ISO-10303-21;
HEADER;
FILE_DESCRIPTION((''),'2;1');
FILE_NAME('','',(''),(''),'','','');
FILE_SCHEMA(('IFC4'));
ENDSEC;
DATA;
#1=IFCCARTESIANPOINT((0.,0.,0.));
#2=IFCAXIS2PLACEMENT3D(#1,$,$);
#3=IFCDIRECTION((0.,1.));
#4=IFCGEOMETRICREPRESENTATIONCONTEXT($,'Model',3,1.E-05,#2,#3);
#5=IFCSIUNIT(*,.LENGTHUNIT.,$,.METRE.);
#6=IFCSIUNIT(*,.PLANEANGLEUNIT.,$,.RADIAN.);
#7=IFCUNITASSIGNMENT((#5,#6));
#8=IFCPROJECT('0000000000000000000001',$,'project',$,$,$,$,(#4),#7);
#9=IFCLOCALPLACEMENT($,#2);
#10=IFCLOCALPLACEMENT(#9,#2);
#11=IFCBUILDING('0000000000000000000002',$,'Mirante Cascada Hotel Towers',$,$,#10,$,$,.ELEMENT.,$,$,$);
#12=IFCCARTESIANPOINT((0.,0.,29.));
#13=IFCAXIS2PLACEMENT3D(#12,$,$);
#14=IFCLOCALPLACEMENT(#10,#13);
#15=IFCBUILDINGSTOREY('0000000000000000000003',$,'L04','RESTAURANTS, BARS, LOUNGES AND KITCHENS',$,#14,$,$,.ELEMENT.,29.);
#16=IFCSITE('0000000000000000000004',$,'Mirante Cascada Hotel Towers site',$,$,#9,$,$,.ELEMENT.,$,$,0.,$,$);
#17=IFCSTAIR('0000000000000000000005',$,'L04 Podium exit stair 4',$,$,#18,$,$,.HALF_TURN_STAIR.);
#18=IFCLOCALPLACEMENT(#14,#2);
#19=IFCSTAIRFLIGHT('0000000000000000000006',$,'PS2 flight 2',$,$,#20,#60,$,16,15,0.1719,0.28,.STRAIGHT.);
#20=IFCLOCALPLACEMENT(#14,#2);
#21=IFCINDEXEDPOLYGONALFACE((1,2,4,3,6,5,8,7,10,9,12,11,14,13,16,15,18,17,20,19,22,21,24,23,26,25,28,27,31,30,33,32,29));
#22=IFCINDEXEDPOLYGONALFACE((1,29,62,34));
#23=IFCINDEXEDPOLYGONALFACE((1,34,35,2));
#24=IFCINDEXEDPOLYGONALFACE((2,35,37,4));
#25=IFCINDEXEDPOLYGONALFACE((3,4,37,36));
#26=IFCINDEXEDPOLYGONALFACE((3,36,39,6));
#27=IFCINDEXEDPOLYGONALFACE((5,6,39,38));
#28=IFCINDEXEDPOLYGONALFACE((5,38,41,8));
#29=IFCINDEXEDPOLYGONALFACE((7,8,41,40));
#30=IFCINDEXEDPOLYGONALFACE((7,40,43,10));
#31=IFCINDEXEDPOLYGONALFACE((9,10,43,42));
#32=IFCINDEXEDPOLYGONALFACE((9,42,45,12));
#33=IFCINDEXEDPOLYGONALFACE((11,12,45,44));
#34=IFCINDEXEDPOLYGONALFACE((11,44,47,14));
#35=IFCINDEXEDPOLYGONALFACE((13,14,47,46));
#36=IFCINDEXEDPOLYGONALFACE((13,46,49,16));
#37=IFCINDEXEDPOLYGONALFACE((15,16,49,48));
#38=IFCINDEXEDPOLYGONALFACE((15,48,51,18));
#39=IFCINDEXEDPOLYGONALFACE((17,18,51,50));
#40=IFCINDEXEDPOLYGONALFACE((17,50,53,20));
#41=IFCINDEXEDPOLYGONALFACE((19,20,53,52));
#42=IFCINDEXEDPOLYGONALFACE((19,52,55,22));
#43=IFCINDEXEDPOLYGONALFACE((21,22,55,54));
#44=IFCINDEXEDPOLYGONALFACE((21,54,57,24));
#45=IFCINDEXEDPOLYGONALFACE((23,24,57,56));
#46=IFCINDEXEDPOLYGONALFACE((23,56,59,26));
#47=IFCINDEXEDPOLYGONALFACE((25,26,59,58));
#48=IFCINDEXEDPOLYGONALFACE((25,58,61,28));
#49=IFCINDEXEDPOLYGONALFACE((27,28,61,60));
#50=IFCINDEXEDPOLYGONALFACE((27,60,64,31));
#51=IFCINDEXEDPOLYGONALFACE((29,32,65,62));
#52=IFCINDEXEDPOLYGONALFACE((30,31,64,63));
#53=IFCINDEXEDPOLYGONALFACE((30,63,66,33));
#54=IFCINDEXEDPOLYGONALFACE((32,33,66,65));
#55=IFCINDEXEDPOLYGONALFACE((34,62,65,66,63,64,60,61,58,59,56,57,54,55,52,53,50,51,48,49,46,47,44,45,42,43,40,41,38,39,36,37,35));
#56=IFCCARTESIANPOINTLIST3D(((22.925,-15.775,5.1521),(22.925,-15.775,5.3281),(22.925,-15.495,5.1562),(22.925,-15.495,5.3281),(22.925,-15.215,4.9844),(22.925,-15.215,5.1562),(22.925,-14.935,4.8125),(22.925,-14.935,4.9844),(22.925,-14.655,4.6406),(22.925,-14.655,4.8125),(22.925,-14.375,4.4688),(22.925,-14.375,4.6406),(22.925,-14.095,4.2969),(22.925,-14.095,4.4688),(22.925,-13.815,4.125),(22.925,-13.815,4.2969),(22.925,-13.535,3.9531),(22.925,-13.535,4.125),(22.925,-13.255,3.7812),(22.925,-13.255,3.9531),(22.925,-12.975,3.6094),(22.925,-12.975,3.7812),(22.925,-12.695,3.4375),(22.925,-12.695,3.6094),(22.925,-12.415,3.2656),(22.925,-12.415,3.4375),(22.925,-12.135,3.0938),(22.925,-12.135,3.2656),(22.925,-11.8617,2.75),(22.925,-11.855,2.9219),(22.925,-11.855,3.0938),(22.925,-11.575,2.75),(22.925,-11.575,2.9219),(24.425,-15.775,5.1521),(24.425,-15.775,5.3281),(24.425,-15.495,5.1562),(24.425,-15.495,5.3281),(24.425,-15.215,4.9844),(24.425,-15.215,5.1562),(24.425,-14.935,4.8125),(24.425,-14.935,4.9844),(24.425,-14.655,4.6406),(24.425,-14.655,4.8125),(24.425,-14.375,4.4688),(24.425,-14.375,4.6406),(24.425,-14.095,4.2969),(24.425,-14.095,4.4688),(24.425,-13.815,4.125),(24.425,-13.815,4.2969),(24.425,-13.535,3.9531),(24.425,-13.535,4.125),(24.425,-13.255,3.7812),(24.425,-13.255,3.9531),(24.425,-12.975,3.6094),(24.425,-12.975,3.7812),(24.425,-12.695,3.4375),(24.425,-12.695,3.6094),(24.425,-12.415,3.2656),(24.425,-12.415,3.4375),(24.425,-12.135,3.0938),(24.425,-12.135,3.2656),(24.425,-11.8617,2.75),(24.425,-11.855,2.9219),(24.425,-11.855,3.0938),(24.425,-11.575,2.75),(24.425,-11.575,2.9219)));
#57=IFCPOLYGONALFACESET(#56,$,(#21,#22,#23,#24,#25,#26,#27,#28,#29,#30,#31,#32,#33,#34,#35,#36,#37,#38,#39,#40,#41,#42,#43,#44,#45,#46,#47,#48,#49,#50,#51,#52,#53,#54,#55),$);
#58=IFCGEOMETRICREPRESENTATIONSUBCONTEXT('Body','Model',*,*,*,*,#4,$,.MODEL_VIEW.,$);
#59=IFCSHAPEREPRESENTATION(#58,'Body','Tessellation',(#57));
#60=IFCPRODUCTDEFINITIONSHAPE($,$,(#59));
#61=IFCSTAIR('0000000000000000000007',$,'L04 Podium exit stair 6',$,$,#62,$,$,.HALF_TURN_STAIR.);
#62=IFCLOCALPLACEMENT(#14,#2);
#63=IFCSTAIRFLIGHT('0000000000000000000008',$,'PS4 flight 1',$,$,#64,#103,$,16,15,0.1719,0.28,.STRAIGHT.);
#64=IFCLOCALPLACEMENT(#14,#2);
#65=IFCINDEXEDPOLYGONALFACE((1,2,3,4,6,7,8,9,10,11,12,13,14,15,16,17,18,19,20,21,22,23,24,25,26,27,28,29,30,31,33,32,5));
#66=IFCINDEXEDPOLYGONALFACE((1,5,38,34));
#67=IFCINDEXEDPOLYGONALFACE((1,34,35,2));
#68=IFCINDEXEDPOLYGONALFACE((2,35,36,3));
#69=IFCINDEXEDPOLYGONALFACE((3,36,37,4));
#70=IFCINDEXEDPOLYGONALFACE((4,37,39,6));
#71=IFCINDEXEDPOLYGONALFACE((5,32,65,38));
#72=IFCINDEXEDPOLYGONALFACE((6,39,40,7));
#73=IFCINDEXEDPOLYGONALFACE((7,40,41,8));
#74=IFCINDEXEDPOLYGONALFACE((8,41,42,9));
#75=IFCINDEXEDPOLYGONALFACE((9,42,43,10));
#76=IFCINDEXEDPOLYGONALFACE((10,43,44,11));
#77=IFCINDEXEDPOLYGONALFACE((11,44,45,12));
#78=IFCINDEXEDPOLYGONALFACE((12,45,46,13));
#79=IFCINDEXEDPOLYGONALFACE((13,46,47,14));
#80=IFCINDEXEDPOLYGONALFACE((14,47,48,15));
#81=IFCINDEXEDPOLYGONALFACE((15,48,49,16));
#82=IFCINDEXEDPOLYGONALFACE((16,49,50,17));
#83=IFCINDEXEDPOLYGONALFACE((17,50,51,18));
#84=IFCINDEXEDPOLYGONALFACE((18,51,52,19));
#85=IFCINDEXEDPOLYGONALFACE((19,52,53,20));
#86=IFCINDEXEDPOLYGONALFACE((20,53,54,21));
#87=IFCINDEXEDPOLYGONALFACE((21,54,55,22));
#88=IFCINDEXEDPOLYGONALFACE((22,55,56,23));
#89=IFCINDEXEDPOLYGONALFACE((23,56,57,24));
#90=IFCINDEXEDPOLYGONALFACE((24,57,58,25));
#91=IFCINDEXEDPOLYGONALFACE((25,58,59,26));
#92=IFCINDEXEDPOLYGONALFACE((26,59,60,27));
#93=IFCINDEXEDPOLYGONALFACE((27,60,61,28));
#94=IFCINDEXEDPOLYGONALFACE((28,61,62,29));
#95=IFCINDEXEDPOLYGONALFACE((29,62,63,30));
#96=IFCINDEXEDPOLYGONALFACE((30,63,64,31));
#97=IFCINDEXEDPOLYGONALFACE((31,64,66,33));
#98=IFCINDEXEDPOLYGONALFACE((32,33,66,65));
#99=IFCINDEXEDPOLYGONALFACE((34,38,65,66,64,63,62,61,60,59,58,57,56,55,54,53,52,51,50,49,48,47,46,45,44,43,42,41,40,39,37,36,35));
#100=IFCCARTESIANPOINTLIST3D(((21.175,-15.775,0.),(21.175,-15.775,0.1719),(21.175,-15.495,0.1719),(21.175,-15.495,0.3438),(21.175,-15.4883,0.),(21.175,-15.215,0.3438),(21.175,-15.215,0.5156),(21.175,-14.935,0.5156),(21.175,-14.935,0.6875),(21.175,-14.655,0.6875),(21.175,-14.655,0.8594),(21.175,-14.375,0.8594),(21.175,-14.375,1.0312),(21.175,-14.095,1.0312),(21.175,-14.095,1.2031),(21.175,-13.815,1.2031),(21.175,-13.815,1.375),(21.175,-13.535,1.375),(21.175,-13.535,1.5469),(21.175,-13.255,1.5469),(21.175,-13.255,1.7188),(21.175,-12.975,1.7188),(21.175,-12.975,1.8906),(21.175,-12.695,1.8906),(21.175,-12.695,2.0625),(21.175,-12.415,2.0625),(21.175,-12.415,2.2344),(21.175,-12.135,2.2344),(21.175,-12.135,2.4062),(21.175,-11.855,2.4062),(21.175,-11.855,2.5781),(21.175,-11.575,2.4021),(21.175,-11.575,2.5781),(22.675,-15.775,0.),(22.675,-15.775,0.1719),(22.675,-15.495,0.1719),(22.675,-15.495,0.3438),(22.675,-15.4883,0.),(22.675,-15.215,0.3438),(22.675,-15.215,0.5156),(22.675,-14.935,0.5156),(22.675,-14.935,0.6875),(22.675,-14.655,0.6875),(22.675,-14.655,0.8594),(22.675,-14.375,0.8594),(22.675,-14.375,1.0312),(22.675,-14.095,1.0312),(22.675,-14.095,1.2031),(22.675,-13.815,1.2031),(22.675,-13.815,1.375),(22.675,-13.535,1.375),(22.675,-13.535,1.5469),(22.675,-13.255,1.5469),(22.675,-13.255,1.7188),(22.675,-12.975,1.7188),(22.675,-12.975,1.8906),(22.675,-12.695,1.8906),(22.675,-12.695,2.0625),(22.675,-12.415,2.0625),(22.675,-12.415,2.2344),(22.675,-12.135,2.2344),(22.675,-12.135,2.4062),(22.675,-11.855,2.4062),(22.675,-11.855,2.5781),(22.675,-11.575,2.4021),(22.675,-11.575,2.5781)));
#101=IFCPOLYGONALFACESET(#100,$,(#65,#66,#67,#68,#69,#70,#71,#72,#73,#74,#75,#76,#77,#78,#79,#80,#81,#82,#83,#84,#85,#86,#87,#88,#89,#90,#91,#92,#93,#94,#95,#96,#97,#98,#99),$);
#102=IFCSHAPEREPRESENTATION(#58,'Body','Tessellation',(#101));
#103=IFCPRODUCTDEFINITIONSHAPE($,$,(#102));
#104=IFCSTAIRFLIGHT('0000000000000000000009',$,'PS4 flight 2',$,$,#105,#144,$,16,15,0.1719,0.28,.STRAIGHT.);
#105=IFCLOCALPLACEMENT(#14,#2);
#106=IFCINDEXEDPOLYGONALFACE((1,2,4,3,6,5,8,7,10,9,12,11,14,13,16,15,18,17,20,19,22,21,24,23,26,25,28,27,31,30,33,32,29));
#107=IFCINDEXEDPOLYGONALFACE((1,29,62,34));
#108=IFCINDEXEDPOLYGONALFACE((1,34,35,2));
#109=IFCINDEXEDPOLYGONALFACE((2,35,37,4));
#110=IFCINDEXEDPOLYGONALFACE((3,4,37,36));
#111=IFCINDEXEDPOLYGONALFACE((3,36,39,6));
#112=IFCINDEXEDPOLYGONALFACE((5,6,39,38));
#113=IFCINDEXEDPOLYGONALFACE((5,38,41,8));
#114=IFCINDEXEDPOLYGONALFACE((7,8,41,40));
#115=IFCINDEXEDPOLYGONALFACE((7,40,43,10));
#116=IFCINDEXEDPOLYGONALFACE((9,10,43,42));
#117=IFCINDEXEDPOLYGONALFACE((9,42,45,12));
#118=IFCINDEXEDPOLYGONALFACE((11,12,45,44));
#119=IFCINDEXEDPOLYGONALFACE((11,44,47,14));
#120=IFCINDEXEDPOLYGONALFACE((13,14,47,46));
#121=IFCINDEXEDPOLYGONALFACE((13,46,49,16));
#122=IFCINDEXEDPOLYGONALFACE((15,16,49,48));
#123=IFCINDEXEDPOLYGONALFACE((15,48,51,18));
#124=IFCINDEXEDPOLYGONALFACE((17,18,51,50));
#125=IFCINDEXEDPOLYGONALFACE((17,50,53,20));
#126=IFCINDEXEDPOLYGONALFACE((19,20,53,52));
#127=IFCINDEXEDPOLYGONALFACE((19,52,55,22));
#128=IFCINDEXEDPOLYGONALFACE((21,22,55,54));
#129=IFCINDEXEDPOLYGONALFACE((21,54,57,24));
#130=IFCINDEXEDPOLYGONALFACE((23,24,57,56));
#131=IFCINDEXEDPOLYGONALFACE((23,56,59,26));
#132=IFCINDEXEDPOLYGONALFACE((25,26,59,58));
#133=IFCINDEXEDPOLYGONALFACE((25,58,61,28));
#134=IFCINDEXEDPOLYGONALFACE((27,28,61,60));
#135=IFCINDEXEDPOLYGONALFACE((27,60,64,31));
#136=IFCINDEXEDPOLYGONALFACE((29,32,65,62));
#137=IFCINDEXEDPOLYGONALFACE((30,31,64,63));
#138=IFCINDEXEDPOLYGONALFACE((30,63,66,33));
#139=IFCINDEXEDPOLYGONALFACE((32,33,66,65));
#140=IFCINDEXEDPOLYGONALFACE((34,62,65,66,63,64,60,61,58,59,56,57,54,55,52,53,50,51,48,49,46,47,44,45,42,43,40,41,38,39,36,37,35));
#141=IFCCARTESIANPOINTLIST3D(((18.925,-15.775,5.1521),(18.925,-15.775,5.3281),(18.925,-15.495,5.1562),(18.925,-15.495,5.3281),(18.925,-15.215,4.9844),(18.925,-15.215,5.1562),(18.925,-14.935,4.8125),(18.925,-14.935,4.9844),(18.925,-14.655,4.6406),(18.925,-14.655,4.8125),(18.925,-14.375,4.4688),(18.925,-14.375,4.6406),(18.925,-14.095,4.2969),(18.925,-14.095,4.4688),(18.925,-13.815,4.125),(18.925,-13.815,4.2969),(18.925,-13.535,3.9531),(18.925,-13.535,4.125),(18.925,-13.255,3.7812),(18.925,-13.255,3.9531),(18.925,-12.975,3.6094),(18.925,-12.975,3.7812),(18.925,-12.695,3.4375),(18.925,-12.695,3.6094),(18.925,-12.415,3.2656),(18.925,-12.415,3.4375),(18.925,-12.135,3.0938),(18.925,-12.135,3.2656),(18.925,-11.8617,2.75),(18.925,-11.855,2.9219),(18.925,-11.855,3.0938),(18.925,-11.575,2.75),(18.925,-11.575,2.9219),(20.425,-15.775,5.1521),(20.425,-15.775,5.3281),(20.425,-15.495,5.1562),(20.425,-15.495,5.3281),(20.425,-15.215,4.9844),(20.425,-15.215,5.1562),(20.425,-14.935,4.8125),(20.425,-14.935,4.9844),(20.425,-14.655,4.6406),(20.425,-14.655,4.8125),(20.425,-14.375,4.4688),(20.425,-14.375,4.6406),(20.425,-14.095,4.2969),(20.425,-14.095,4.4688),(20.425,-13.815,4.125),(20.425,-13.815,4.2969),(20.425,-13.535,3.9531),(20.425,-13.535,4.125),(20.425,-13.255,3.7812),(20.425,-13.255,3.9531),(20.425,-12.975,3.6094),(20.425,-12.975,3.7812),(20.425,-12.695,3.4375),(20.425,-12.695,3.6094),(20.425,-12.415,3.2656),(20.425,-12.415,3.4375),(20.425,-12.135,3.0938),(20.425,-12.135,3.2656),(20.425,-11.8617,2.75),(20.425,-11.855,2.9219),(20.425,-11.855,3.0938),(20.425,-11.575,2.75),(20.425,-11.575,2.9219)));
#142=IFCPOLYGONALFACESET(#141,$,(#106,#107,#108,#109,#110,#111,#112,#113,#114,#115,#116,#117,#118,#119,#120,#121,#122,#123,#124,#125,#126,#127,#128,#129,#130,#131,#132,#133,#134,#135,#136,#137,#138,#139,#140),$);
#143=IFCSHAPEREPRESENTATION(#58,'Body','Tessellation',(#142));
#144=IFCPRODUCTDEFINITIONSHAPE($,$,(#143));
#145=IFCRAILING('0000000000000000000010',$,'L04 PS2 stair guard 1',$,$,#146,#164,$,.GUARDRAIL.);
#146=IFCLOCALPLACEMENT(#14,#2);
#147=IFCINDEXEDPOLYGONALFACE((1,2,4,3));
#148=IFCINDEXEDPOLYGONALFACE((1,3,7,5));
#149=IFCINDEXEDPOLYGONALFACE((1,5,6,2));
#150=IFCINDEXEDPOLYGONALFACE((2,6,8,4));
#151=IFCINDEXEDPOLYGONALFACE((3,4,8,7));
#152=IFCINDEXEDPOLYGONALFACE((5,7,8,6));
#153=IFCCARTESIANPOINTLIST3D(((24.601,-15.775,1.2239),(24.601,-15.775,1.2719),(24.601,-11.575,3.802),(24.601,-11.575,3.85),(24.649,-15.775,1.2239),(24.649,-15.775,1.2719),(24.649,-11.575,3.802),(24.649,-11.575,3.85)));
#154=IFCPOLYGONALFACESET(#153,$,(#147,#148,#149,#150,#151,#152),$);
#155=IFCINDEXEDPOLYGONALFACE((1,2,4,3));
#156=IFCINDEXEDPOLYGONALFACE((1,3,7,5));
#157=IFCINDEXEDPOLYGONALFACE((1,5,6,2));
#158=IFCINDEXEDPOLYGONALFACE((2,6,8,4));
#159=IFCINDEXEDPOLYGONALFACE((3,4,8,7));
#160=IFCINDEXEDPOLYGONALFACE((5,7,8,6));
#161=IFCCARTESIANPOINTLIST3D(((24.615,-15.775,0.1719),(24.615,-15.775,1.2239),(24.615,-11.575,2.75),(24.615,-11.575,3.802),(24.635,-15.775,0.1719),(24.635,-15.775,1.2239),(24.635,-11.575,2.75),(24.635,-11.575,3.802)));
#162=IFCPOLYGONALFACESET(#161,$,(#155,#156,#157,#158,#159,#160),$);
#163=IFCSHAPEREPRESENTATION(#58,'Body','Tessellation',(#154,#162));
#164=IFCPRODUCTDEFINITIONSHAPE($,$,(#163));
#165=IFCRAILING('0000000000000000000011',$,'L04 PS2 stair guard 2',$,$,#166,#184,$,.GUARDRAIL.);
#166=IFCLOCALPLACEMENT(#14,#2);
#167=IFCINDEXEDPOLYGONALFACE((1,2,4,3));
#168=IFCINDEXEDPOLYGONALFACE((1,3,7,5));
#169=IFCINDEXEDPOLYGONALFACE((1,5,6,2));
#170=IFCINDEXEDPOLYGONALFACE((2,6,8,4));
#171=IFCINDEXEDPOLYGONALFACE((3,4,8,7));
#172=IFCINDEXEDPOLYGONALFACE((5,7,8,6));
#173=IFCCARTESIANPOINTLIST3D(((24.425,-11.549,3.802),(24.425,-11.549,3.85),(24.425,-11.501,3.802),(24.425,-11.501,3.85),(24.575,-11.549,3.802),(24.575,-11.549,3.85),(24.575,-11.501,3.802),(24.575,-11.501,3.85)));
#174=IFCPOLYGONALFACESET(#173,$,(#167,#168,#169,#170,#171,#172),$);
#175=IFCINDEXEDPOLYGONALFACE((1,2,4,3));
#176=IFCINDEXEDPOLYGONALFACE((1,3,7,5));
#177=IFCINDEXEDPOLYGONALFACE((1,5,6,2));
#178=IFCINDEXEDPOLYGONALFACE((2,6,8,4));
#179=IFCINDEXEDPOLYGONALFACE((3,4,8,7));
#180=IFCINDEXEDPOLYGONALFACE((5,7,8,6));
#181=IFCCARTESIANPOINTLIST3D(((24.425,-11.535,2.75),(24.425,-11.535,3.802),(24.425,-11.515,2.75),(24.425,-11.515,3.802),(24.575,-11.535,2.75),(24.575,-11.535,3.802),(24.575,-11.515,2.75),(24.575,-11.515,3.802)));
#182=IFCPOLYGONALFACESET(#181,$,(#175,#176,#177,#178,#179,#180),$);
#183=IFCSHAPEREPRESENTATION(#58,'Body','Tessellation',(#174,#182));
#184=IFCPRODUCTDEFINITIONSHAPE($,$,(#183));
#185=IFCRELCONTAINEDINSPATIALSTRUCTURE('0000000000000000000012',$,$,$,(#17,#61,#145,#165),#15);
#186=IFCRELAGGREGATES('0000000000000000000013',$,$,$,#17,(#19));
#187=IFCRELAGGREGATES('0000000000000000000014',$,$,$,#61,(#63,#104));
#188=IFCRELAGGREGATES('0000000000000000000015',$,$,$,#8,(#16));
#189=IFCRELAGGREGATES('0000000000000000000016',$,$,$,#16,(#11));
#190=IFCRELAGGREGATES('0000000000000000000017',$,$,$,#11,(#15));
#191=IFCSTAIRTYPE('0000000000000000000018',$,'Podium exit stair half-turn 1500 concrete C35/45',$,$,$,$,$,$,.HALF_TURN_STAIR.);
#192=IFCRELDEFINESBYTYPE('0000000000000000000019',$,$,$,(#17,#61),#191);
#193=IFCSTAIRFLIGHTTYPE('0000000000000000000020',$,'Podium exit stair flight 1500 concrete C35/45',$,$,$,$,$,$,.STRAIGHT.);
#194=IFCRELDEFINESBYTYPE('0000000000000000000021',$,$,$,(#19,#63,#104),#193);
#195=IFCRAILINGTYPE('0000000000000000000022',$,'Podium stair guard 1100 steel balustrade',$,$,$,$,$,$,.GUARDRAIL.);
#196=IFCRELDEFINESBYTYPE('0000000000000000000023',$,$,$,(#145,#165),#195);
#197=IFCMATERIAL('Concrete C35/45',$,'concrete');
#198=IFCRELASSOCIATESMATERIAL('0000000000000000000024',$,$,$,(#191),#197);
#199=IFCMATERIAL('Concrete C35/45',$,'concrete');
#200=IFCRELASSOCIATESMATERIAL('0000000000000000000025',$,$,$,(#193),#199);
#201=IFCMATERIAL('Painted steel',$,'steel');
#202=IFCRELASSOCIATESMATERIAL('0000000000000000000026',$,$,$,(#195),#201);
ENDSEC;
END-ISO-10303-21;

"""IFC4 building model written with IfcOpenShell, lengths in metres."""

from ifc_helpers import new_model, si_unit, direction, frame, origin, origin_2d, place, context, subcontext, project, spatial, polyline, rectangle, outline, extrude, material, type_object, element, aggregate, save


model = new_model("IFC4")

# Units and contexts
model_context = context("Model", 3, precision=1e-05, world=origin(), true_north=direction((0.0, 1.0)))
body_context = subcontext(model_context, "Body", "Model", "MODEL_VIEW")
ifc_project = project(units=[si_unit("LENGTHUNIT", "METRE"), si_unit("PLANEANGLEUNIT", "RADIAN")], contexts=[model_context])

# Site, building, storey
site_placement = place(None, origin())
site = spatial("IfcSite", under=ifc_project, at=site_placement, Name="Mirante Cascada Hotel Towers site", CompositionType="ELEMENT", RefElevation=0.0)
building_placement = place(site_placement, origin())
building = spatial("IfcBuilding", under=site, at=building_placement, Name="Mirante Cascada Hotel Towers", CompositionType="ELEMENT")
storey_placement = place(building_placement, frame((0.0, 0.0, 29.0)))
storey = spatial("IfcBuildingStorey", under=building, at=storey_placement, Name="L04", Description="RESTAURANTS, BARS, LOUNGES AND KITCHENS", CompositionType="ELEMENT", Elevation=29.0)

# Stairs, stair flights
ifc_material_1 = material(Name="Concrete C35/45", Category="concrete")
stair_type_1 = type_object("IfcStairType", Name="Podium exit stair half-turn 1500 concrete C35/45", PredefinedType="HALF_TURN_STAIR", material=ifc_material_1)
stair_1_placement = place(storey_placement, origin())
stair_1 = element("IfcStair", 1, at=stair_1_placement, inside=storey, type_object=stair_type_1, Name="L04 Podium exit stair 4", PredefinedType="HALF_TURN_STAIR")
ifc_material_2 = material(Name="Concrete C35/45", Category="concrete")
stair_flight_type = type_object("IfcStairFlightType", Name="Podium exit stair flight 1500 concrete C35/45", PredefinedType="STRAIGHT", material=ifc_material_2)
stair_flight_1_placement = place(storey_placement, frame((23.675, -11.575, 2.75), z_axis=(0.0, 0.0, 1.0), x_axis=(0.0, -1.0, 0.0)))
stair_flight_1 = element("IfcStairFlight", 2, at=stair_flight_1_placement, type_object=stair_flight_type, Name="PS2 flight 2", NumberOfRisers=16, NumberOfTreads=15, PredefinedType="STRAIGHT", RiserHeight=0.1719, TreadLength=0.28, context=body_context, shape_type="SweptSolid", body=[
    extrude(outline(polyline([(0.0, 0.0), (0.0, 0.1719), (0.28, 0.1719), (0.28, 0.3438), (0.56, 0.3438), (0.56, 0.5156), (0.84, 0.5156), (0.84, 0.6875), (1.12, 0.6875), (1.12, 0.8594), (1.4, 0.8594), (1.4, 1.0312), (1.68, 1.0312), (1.68, 1.2031), (1.96, 1.2031), (1.96, 1.375), (2.24, 1.375), (2.24, 1.5469), (2.52, 1.5469), (2.52, 1.7188), (2.8, 1.7188), (2.8, 1.8906), (3.08, 1.8906), (3.08, 2.0625), (3.36, 2.0625), (3.36, 2.2344), (3.64, 2.2344), (3.64, 2.4062), (3.92, 2.4062), (3.92, 2.5781), (4.2, 2.5781), (4.2, 2.75), (4.2, 2.4021), (0.2867, 0.0), (0.0, 0.0)])), frame((0.0, 0.75, 0.0), z_axis=(0.0, -1.0, 0.0), x_axis=(1.0, 0.0, 0.0)), (0.0, 0.0, 1.0), 1.5),
])
aggregate(stair_1, [stair_flight_1])
stair_2_placement = place(storey_placement, origin())
stair_2 = element("IfcStair", 3, at=stair_2_placement, inside=storey, type_object=stair_type_1, Name="L04 Podium exit stair 6", PredefinedType="HALF_TURN_STAIR")
stair_flight_2_placement = place(storey_placement, frame((21.925, -15.775, 0.0), z_axis=(0.0, 0.0, 1.0), x_axis=(0.0, 1.0, 0.0)))
stair_flight_2 = element("IfcStairFlight", 4, at=stair_flight_2_placement, type_object=stair_flight_type, Name="PS4 flight 1", NumberOfRisers=16, NumberOfTreads=15, PredefinedType="STRAIGHT", RiserHeight=0.1719, TreadLength=0.28, context=body_context, shape_type="SweptSolid", body=[
    extrude(outline(polyline([(0.0, 0.0), (0.0, 0.1719), (0.28, 0.1719), (0.28, 0.3438), (0.56, 0.3438), (0.56, 0.5156), (0.84, 0.5156), (0.84, 0.6875), (1.12, 0.6875), (1.12, 0.8594), (1.4, 0.8594), (1.4, 1.0312), (1.68, 1.0312), (1.68, 1.2031), (1.96, 1.2031), (1.96, 1.375), (2.24, 1.375), (2.24, 1.5469), (2.52, 1.5469), (2.52, 1.7188), (2.8, 1.7188), (2.8, 1.8906), (3.08, 1.8906), (3.08, 2.0625), (3.36, 2.0625), (3.36, 2.2344), (3.64, 2.2344), (3.64, 2.4062), (3.92, 2.4062), (3.92, 2.5781), (4.2, 2.5781), (4.2, 2.75), (4.2, 2.4021), (0.2867, 0.0), (0.0, 0.0)])), frame((0.0, 0.75, 0.0), z_axis=(0.0, -1.0, 0.0), x_axis=(1.0, 0.0, 0.0)), (0.0, 0.0, 1.0), 1.5),
])
stair_flight_3_placement = place(storey_placement, frame((19.675, -11.575, 2.75), z_axis=(0.0, 0.0, 1.0), x_axis=(0.0, -1.0, 0.0)))
stair_flight_3 = element("IfcStairFlight", 5, at=stair_flight_3_placement, type_object=stair_flight_type, Name="PS4 flight 2", NumberOfRisers=16, NumberOfTreads=15, PredefinedType="STRAIGHT", RiserHeight=0.1719, TreadLength=0.28, context=body_context, shape_type="SweptSolid", body=[
    extrude(outline(polyline([(0.0, 0.0), (0.0, 0.1719), (0.28, 0.1719), (0.28, 0.3438), (0.56, 0.3438), (0.56, 0.5156), (0.84, 0.5156), (0.84, 0.6875), (1.12, 0.6875), (1.12, 0.8594), (1.4, 0.8594), (1.4, 1.0312), (1.68, 1.0312), (1.68, 1.2031), (1.96, 1.2031), (1.96, 1.375), (2.24, 1.375), (2.24, 1.5469), (2.52, 1.5469), (2.52, 1.7188), (2.8, 1.7188), (2.8, 1.8906), (3.08, 1.8906), (3.08, 2.0625), (3.36, 2.0625), (3.36, 2.2344), (3.64, 2.2344), (3.64, 2.4062), (3.92, 2.4062), (3.92, 2.5781), (4.2, 2.5781), (4.2, 2.75), (4.2, 2.4021), (0.2867, 0.0), (0.0, 0.0)])), frame((0.0, 0.75, 0.0), z_axis=(0.0, -1.0, 0.0), x_axis=(1.0, 0.0, 0.0)), (0.0, 0.0, 1.0), 1.5),
])
aggregate(stair_2, [stair_flight_2, stair_flight_3])

# Railings
ifc_material_3 = material(Name="Painted steel", Category="steel")
railing_type_1 = type_object("IfcRailingType", Name="Podium stair guard 1100 steel balustrade", PredefinedType="GUARDRAIL", material=ifc_material_3)
railing_1_placement = place(storey_placement, frame((24.625, -15.775, 0.1719)))
element("IfcRailing", 6, at=railing_1_placement, inside=storey, type_object=railing_type_1, Name="L04 PS2 stair guard 1", PredefinedType="GUARDRAIL", context=body_context, shape_type="SweptSolid", body=[
    extrude(rectangle(XDim=0.048, YDim=0.048, at=origin_2d()), frame((0.0, 0.0, 1.076), z_axis=(0.0, 1.0, 0.0), x_axis=(-1.0, 0.0, 0.0)), (0.0, 0.523138, 0.852248), 4.9281),
    extrude(rectangle(XDim=0.02, YDim=1.052, at=origin_2d()), frame((0.0, 0.0, 0.526), z_axis=(0.0, 1.0, 0.0), x_axis=(-1.0, 0.0, 0.0)), (0.0, 0.523138, 0.852248), 4.9281),
])
railing_2_placement = place(storey_placement, frame((24.575, -11.525, 2.75)))
element("IfcRailing", 7, at=railing_2_placement, inside=storey, type_object=railing_type_1, Name="L04 PS2 stair guard 2", PredefinedType="GUARDRAIL", context=body_context, shape_type="SweptSolid", body=[
    extrude(rectangle(XDim=0.048, YDim=0.048, at=origin_2d()), frame((0.0, 0.0, 1.076), z_axis=(-1.0, 0.0, 0.0), x_axis=(0.0, -1.0, 0.0)), (0.0, 0.0, 1.0), 0.15),
    extrude(rectangle(XDim=0.02, YDim=1.052, at=origin_2d()), frame((0.0, 0.0, 0.526), z_axis=(-1.0, 0.0, 0.0), x_axis=(0.0, -1.0, 0.0)), (0.0, 0.0, 1.0), 0.15),
])

save(model, "model.ifc")
